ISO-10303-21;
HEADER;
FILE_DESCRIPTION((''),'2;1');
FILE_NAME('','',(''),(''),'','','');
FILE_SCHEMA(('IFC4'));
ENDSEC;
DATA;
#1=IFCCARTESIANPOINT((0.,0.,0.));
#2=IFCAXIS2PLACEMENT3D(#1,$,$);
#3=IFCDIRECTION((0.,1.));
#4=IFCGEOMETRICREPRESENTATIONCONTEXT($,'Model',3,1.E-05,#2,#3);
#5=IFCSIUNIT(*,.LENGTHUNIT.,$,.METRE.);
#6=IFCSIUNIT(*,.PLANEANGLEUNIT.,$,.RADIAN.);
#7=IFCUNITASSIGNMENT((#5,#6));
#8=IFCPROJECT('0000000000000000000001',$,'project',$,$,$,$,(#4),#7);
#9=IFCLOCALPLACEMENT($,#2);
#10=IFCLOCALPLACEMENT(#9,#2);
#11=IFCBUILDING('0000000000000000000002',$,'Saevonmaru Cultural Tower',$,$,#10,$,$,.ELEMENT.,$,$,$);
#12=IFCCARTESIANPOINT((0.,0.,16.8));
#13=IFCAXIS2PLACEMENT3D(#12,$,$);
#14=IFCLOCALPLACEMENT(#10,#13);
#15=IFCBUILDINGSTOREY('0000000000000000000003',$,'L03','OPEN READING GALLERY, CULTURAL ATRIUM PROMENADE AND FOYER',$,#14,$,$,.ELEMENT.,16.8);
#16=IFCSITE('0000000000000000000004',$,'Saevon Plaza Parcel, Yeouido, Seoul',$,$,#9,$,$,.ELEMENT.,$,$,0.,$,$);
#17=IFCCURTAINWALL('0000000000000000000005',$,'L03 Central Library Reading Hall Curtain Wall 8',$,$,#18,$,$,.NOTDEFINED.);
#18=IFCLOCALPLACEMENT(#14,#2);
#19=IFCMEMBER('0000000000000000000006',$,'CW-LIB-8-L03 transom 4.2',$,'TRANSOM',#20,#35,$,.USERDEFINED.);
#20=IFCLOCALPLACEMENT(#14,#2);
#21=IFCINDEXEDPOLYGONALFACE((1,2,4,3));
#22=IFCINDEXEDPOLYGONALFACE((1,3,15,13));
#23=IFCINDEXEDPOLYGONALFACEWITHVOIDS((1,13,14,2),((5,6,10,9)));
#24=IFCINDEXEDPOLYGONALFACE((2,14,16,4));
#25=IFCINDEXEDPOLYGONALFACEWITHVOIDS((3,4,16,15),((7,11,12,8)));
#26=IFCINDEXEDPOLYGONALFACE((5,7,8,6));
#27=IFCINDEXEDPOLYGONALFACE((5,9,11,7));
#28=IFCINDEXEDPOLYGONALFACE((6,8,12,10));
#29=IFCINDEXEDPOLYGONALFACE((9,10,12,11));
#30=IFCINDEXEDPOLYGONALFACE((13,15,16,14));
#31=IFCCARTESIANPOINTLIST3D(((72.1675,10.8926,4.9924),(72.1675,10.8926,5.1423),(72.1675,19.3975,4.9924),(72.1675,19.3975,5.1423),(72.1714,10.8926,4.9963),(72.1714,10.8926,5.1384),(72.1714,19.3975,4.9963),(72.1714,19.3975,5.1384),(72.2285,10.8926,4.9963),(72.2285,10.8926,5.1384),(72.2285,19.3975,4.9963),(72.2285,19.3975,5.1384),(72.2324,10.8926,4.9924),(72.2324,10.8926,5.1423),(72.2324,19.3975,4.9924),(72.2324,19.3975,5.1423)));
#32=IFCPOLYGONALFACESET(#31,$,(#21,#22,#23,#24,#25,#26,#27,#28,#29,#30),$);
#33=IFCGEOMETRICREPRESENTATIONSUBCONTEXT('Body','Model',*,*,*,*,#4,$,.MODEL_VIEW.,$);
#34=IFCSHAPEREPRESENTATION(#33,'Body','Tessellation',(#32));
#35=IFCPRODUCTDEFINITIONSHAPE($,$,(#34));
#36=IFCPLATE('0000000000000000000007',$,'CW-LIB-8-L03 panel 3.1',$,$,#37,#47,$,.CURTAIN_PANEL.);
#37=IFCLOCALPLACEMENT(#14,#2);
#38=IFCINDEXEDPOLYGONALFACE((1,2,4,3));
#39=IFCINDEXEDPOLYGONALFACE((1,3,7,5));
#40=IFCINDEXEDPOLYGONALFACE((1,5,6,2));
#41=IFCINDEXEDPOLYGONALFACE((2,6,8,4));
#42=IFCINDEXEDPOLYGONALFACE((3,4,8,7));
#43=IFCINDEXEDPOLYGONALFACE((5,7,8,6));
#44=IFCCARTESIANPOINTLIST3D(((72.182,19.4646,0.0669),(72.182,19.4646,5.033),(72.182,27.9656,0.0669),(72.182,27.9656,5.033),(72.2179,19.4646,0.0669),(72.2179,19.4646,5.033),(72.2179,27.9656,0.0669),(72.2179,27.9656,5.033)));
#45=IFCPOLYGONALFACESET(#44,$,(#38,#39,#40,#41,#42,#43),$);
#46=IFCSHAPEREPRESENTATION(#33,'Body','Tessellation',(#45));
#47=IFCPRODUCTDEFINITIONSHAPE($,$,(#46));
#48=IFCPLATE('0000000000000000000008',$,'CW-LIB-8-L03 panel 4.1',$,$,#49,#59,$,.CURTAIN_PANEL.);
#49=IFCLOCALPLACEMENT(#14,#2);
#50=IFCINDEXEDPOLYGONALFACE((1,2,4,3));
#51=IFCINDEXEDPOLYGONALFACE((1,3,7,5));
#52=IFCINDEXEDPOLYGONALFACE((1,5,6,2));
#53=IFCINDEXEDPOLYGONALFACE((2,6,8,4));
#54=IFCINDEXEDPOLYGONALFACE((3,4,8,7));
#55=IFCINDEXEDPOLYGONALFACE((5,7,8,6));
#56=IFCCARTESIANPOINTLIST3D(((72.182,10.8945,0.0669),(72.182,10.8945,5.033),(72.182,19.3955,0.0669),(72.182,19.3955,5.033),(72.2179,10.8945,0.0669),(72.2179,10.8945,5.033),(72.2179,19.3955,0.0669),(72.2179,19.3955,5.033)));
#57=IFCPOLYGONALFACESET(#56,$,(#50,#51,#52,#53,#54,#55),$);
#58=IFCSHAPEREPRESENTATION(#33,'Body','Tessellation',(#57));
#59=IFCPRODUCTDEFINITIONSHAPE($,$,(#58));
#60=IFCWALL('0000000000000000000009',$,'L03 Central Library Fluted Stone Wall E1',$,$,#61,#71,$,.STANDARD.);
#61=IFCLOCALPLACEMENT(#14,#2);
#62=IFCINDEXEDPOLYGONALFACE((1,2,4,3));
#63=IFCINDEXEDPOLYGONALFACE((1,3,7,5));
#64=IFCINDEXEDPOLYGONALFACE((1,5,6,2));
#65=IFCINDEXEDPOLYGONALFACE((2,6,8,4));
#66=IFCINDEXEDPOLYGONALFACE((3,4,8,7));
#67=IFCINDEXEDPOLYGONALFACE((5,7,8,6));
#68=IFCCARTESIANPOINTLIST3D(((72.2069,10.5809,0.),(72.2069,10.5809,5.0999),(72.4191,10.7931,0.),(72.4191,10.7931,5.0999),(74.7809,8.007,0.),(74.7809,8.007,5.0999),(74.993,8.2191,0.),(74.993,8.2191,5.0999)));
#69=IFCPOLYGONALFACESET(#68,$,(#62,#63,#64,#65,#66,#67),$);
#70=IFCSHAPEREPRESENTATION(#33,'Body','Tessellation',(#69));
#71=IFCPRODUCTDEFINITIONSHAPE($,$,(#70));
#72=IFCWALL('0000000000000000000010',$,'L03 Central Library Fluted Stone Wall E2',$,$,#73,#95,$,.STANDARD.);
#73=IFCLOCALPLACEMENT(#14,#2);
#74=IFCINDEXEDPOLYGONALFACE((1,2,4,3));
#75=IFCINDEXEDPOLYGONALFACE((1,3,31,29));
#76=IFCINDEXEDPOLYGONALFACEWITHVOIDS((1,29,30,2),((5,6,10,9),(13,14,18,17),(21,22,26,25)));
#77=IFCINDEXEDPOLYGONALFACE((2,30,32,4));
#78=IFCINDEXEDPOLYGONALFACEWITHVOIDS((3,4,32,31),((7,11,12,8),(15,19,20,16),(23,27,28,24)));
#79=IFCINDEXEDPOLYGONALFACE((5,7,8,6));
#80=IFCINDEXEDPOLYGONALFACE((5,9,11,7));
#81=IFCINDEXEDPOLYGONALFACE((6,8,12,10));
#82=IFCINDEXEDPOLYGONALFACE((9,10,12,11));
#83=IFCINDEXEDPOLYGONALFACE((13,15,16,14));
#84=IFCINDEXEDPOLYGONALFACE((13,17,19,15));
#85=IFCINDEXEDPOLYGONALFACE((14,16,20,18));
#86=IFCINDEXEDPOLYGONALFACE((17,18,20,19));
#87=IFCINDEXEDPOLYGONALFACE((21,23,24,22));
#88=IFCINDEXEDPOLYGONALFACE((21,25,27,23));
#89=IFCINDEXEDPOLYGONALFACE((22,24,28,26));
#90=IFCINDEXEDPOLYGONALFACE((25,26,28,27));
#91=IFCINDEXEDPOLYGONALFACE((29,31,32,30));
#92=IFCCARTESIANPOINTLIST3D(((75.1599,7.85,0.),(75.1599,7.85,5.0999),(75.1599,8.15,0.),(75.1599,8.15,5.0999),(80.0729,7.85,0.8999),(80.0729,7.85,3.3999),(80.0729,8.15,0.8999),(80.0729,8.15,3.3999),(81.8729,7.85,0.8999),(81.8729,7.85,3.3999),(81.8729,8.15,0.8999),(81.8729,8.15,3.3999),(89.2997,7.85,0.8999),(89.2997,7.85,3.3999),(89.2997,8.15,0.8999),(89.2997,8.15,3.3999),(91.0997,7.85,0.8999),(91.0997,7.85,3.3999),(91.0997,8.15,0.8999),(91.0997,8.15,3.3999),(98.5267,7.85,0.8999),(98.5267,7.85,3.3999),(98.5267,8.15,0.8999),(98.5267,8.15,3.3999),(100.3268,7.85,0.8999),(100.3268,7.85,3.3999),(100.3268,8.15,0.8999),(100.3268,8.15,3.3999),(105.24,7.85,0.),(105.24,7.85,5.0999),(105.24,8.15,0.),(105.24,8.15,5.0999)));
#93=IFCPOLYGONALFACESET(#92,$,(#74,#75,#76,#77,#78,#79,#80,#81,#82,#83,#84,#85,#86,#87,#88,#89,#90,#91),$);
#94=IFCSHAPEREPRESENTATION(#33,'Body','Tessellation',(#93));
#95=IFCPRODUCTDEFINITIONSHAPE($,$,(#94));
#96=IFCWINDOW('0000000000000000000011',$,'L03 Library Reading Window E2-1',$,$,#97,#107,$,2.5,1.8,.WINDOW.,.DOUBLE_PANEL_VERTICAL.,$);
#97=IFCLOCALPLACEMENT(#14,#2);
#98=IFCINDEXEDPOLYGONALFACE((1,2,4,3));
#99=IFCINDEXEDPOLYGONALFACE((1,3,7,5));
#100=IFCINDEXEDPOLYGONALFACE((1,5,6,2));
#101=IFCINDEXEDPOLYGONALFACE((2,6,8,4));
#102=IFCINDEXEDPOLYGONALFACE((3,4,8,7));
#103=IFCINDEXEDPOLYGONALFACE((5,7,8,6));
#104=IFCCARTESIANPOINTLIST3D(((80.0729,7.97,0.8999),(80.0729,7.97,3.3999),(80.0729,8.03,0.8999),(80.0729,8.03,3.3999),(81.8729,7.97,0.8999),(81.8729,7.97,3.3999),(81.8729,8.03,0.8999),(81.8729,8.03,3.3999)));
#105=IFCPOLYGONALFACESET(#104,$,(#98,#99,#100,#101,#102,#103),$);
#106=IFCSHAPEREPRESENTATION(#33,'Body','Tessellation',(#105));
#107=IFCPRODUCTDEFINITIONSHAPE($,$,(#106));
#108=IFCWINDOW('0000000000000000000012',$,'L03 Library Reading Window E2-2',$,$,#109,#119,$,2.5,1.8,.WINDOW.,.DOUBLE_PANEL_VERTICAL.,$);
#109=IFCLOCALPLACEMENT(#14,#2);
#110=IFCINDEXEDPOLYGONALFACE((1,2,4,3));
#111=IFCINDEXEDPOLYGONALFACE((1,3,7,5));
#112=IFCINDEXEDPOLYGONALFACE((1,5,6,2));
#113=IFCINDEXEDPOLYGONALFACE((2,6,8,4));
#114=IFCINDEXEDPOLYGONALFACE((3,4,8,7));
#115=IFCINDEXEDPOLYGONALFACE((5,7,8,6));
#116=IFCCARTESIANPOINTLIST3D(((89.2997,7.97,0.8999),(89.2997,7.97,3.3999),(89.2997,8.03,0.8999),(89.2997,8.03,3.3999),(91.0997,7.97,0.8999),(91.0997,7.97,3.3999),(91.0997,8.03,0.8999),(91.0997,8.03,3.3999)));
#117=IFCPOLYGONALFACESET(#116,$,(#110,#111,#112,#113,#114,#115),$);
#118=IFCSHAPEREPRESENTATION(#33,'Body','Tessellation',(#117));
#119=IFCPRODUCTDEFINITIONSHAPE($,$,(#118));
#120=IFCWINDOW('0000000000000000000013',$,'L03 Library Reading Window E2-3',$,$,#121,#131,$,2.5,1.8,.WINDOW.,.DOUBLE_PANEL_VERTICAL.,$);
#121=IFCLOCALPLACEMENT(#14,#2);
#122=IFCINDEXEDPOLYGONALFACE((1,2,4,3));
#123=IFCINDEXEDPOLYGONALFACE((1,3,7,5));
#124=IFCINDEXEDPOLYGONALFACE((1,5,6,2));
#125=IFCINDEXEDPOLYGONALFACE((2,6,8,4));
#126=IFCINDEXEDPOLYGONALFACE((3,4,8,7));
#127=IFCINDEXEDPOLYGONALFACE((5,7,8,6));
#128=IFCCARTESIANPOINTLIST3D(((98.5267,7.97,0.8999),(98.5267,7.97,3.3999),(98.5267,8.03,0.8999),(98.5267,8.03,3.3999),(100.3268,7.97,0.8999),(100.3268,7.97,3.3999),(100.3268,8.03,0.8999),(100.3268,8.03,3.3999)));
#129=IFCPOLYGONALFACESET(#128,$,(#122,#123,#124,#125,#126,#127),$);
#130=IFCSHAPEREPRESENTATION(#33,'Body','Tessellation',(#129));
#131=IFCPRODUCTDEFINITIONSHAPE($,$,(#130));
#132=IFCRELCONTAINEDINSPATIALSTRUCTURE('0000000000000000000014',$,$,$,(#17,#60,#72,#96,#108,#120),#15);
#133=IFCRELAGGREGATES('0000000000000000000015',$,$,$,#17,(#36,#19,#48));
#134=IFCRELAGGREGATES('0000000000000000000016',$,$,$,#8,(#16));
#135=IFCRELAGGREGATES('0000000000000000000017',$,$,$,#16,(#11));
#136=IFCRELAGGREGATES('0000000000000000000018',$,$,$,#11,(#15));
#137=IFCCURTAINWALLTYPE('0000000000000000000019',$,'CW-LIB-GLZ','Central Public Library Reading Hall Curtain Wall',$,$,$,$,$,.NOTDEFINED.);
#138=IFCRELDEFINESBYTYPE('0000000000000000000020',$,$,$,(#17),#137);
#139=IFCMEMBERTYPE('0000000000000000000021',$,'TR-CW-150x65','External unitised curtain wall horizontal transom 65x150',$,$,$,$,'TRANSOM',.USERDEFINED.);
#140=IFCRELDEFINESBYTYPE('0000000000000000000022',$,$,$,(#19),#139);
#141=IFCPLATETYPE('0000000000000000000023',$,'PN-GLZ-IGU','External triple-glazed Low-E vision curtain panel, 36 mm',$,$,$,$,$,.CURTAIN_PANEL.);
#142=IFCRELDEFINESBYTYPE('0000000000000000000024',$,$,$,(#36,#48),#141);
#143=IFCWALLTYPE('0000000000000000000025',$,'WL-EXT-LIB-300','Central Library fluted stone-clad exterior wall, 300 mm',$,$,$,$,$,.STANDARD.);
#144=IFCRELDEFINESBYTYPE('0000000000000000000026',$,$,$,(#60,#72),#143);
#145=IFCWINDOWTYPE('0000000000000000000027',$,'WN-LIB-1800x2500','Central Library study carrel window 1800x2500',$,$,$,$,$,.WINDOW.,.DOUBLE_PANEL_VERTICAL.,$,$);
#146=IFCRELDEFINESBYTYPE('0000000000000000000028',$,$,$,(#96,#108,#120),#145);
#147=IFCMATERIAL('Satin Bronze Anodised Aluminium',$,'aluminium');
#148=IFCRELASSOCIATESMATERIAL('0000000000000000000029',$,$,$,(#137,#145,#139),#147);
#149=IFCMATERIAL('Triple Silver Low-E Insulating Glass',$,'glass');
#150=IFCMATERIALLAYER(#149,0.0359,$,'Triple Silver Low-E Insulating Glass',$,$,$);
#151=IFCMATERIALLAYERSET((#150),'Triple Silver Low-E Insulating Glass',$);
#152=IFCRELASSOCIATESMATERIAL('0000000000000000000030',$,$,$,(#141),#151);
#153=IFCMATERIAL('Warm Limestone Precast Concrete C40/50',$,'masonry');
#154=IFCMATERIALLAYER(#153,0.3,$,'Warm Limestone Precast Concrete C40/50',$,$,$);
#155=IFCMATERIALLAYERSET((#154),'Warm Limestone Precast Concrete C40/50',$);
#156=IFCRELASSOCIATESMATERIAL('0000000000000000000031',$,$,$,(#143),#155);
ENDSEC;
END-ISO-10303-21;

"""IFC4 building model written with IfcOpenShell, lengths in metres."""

from ifc_helpers import new_model, si_unit, direction, frame, frame_2d, origin, origin_2d, place, context, subcontext, project, spatial, rectangle, hollow_rectangle, extrude, material, layer, layer_set, material_profile, profile_set, type_object, element, fill, aggregate, save


model = new_model("IFC4")

# Units and contexts
model_context = context("Model", 3, precision=1e-05, world=origin(), true_north=direction((0.0, 1.0)))
body_context = subcontext(model_context, "Body", "Model", "MODEL_VIEW")
ifc_project = project(units=[si_unit("LENGTHUNIT", "METRE"), si_unit("PLANEANGLEUNIT", "RADIAN")], contexts=[model_context])

# Site, building, storey
site_placement = place(None, origin())
site = spatial("IfcSite", under=ifc_project, at=site_placement, Name="Saevon Plaza Parcel, Yeouido, Seoul", CompositionType="ELEMENT", RefElevation=0.0)
building_placement = place(site_placement, origin())
building = spatial("IfcBuilding", under=site, at=building_placement, Name="Saevonmaru Cultural Tower", CompositionType="ELEMENT")
storey_placement = place(building_placement, frame((0.0, 0.0, 16.8)))
storey = spatial("IfcBuildingStorey", under=building, at=storey_placement, Name="L03", Description="OPEN READING GALLERY, CULTURAL ATRIUM PROMENADE AND FOYER", CompositionType="ELEMENT", Elevation=16.8)

# Curtain wall, member, plates
ifc_material_1 = material(Name="Satin Bronze Anodised Aluminium", Category="aluminium")
curtain_wall_type = type_object("IfcCurtainWallType", Name="CW-LIB-GLZ", Description="Central Public Library Reading Hall Curtain Wall", PredefinedType="NOTDEFINED", material=ifc_material_1)
curtain_wall_placement = place(storey_placement, origin())
curtain_wall = element("IfcCurtainWall", 1, at=curtain_wall_placement, inside=storey, type_object=curtain_wall_type, Name="L03 Central Library Reading Hall Curtain Wall 8", PredefinedType="NOTDEFINED")
ifc_material_profile_1 = material_profile(ifc_material_1, hollow_rectangle(XDim=0.0649, YDim=0.1499, WallThickness=0.0039, at=origin_2d()), Name="ALU-TRAN-150x65x4")
ifc_profile_set_1 = profile_set([ifc_material_profile_1], Name="Satin Bronze Anodised Aluminium")
member_type = type_object("IfcMemberType", Name="TR-CW-150x65", Description="External unitised curtain wall horizontal transom 65x150", ElementType="TRANSOM", PredefinedType="USERDEFINED", material=ifc_profile_set_1)
member_1_placement = place(storey_placement, frame((72.2, 19.3975, 5.0674), z_axis=(0.0, -1.0, 0.0), x_axis=(1.0, 0.0, 0.0)))
member_1 = element("IfcMember", 2, at=member_1_placement, type_object=member_type, Name="CW-LIB-8-L03 transom 4.2", ObjectType="TRANSOM", PredefinedType="USERDEFINED", context=body_context, shape_type="SweptSolid", body=[
    extrude(hollow_rectangle(XDim=0.0649, YDim=0.1499, WallThickness=0.0039, at=origin_2d()), origin(), (0.0, 0.0, 1.0), 8.5049),
])
ifc_material_2 = material(Name="Triple Silver Low-E Insulating Glass", Category="glass")
ifc_layer_1 = layer(ifc_material_2, 0.0359, Name="Triple Silver Low-E Insulating Glass")
ifc_layer_set_1 = layer_set([ifc_layer_1], Name="Triple Silver Low-E Insulating Glass")
plate_type = type_object("IfcPlateType", Name="PN-GLZ-IGU", Description="External triple-glazed Low-E vision curtain panel, 36 mm", PredefinedType="CURTAIN_PANEL", material=ifc_layer_set_1)
plate_1_placement = place(storey_placement, frame((72.2, 23.7151, 0.0669), z_axis=(0.0, 0.0, 1.0), x_axis=(0.0, -1.0, 0.0)))
plate_1 = element("IfcPlate", 3, at=plate_1_placement, type_object=plate_type, Name="CW-LIB-8-L03 panel 3.1", PredefinedType="CURTAIN_PANEL", context=body_context, shape_type="SweptSolid", body=[
    extrude(rectangle(XDim=8.501, YDim=0.0359, at=origin_2d()), origin(), (0.0, 0.0, 1.0), 4.9661),
])
plate_2_placement = place(storey_placement, frame((72.2, 15.145, 0.0669), z_axis=(0.0, 0.0, 1.0), x_axis=(0.0, -1.0, 0.0)))
plate_2 = element("IfcPlate", 4, at=plate_2_placement, type_object=plate_type, Name="CW-LIB-8-L03 panel 4.1", PredefinedType="CURTAIN_PANEL", context=body_context, shape_type="SweptSolid", body=[
    extrude(rectangle(XDim=8.501, YDim=0.0359, at=origin_2d()), origin(), (0.0, 0.0, 1.0), 4.9661),
])
aggregate(curtain_wall, [plate_1, member_1, plate_2])

# Wall
ifc_material_3 = material(Name="Warm Limestone Precast Concrete C40/50", Category="masonry")
ifc_layer_2 = layer(ifc_material_3, 0.3, Name="Warm Limestone Precast Concrete C40/50")
ifc_layer_set_2 = layer_set([ifc_layer_2], Name="Warm Limestone Precast Concrete C40/50")
wall_type = type_object("IfcWallType", Name="WL-EXT-LIB-300", Description="Central Library fluted stone-clad exterior wall, 300 mm", PredefinedType="STANDARD", material=ifc_layer_set_2)
wall_1_placement = place(storey_placement, frame((72.313, 10.687, 0.0), z_axis=(0.0, 0.0, 1.0), x_axis=(0.707107, -0.707107, 0.0)))
element("IfcWall", 5, at=wall_1_placement, inside=storey, type_object=wall_type, Name="L03 Central Library Fluted Stone Wall E1", PredefinedType="STANDARD", context=body_context, shape_type="SweptSolid", body=[
    extrude(rectangle(XDim=3.6401, YDim=0.3, at=frame_2d((1.8201, 0.0))), origin(), (0.0, 0.0, 1.0), 5.0999),
])

# Wall, openings, windows
wall_2_placement = place(storey_placement, frame((75.1599, 8.0, 0.0), z_axis=(0.0, 0.0, 1.0), x_axis=(1.0, 0.0, 0.0)))
wall_2 = element("IfcWall", 6, at=wall_2_placement, inside=storey, type_object=wall_type, Name="L03 Central Library Fluted Stone Wall E2", PredefinedType="STANDARD", context=body_context, shape_type="SweptSolid", body=[
    extrude(rectangle(XDim=30.0801, YDim=0.3, at=frame_2d((15.04, 0.0))), origin(), (0.0, 0.0, 1.0), 5.0999),
])
opening_1_placement = place(wall_2_placement, frame((4.9131, 0.0, 0.8999)))
opening_1 = element("IfcOpeningElement", 7, at=opening_1_placement, cuts=wall_2, PredefinedType="OPENING", context=body_context, shape_type="SweptSolid", body=[
    extrude(rectangle(XDim=1.8, YDim=2.5, at=frame_2d((0.8999, 1.25))), frame((0.0, 0.1602, 0.0), z_axis=(0.0, -1.0, 0.0), x_axis=(1.0, 0.0, 0.0)), (0.0, 0.0, 1.0), 0.3201),
])
opening_2_placement = place(wall_2_placement, frame((14.1399, 0.0, 0.8999)))
opening_2 = element("IfcOpeningElement", 8, at=opening_2_placement, cuts=wall_2, PredefinedType="OPENING", context=body_context, shape_type="SweptSolid", body=[
    extrude(rectangle(XDim=1.8, YDim=2.5, at=frame_2d((0.8999, 1.25))), frame((0.0, 0.1602, 0.0), z_axis=(0.0, -1.0, 0.0), x_axis=(1.0, 0.0, 0.0)), (0.0, 0.0, 1.0), 0.3201),
])
opening_3_placement = place(wall_2_placement, frame((23.3669, 0.0, 0.8999)))
opening_3 = element("IfcOpeningElement", 9, at=opening_3_placement, cuts=wall_2, PredefinedType="OPENING", context=body_context, shape_type="SweptSolid", body=[
    extrude(rectangle(XDim=1.8, YDim=2.5, at=frame_2d((0.8999, 1.25))), frame((0.0, 0.1602, 0.0), z_axis=(0.0, -1.0, 0.0), x_axis=(1.0, 0.0, 0.0)), (0.0, 0.0, 1.0), 0.3201),
])
window_type = type_object("IfcWindowType", Name="WN-LIB-1800x2500", Description="Central Library study carrel window 1800x2500", PartitioningType="DOUBLE_PANEL_VERTICAL", PredefinedType="WINDOW", material=ifc_material_1)
window_1_placement = place(opening_1_placement, origin())
window_1 = element("IfcWindow", 10, at=window_1_placement, inside=storey, type_object=window_type, Name="L03 Library Reading Window E2-1", OverallHeight=2.5, OverallWidth=1.8, PartitioningType="DOUBLE_PANEL_VERTICAL", PredefinedType="WINDOW", context=body_context, shape_type="SweptSolid", body=[
    extrude(rectangle(XDim=1.8, YDim=2.5, at=frame_2d((0.8999, 1.25))), frame((0.0, 0.03, 0.0), z_axis=(0.0, -1.0, 0.0), x_axis=(1.0, 0.0, 0.0)), (0.0, 0.0, 1.0), 0.0601),
])
fill(opening_1, window_1)
window_2_placement = place(opening_2_placement, origin())
window_2 = element("IfcWindow", 11, at=window_2_placement, inside=storey, type_object=window_type, Name="L03 Library Reading Window E2-2", OverallHeight=2.5, OverallWidth=1.8, PartitioningType="DOUBLE_PANEL_VERTICAL", PredefinedType="WINDOW", context=body_context, shape_type="SweptSolid", body=[
    extrude(rectangle(XDim=1.8, YDim=2.5, at=frame_2d((0.8999, 1.25))), frame((0.0, 0.03, 0.0), z_axis=(0.0, -1.0, 0.0), x_axis=(1.0, 0.0, 0.0)), (0.0, 0.0, 1.0), 0.0601),
])
fill(opening_2, window_2)
window_3_placement = place(opening_3_placement, origin())
window_3 = element("IfcWindow", 12, at=window_3_placement, inside=storey, type_object=window_type, Name="L03 Library Reading Window E2-3", OverallHeight=2.5, OverallWidth=1.8, PartitioningType="DOUBLE_PANEL_VERTICAL", PredefinedType="WINDOW", context=body_context, shape_type="SweptSolid", body=[
    extrude(rectangle(XDim=1.8, YDim=2.5, at=frame_2d((0.8999, 1.25))), frame((0.0, 0.03, 0.0), z_axis=(0.0, -1.0, 0.0), x_axis=(1.0, 0.0, 0.0)), (0.0, 0.0, 1.0), 0.0601),
])
fill(opening_3, window_3)

save(model, "model.ifc")
